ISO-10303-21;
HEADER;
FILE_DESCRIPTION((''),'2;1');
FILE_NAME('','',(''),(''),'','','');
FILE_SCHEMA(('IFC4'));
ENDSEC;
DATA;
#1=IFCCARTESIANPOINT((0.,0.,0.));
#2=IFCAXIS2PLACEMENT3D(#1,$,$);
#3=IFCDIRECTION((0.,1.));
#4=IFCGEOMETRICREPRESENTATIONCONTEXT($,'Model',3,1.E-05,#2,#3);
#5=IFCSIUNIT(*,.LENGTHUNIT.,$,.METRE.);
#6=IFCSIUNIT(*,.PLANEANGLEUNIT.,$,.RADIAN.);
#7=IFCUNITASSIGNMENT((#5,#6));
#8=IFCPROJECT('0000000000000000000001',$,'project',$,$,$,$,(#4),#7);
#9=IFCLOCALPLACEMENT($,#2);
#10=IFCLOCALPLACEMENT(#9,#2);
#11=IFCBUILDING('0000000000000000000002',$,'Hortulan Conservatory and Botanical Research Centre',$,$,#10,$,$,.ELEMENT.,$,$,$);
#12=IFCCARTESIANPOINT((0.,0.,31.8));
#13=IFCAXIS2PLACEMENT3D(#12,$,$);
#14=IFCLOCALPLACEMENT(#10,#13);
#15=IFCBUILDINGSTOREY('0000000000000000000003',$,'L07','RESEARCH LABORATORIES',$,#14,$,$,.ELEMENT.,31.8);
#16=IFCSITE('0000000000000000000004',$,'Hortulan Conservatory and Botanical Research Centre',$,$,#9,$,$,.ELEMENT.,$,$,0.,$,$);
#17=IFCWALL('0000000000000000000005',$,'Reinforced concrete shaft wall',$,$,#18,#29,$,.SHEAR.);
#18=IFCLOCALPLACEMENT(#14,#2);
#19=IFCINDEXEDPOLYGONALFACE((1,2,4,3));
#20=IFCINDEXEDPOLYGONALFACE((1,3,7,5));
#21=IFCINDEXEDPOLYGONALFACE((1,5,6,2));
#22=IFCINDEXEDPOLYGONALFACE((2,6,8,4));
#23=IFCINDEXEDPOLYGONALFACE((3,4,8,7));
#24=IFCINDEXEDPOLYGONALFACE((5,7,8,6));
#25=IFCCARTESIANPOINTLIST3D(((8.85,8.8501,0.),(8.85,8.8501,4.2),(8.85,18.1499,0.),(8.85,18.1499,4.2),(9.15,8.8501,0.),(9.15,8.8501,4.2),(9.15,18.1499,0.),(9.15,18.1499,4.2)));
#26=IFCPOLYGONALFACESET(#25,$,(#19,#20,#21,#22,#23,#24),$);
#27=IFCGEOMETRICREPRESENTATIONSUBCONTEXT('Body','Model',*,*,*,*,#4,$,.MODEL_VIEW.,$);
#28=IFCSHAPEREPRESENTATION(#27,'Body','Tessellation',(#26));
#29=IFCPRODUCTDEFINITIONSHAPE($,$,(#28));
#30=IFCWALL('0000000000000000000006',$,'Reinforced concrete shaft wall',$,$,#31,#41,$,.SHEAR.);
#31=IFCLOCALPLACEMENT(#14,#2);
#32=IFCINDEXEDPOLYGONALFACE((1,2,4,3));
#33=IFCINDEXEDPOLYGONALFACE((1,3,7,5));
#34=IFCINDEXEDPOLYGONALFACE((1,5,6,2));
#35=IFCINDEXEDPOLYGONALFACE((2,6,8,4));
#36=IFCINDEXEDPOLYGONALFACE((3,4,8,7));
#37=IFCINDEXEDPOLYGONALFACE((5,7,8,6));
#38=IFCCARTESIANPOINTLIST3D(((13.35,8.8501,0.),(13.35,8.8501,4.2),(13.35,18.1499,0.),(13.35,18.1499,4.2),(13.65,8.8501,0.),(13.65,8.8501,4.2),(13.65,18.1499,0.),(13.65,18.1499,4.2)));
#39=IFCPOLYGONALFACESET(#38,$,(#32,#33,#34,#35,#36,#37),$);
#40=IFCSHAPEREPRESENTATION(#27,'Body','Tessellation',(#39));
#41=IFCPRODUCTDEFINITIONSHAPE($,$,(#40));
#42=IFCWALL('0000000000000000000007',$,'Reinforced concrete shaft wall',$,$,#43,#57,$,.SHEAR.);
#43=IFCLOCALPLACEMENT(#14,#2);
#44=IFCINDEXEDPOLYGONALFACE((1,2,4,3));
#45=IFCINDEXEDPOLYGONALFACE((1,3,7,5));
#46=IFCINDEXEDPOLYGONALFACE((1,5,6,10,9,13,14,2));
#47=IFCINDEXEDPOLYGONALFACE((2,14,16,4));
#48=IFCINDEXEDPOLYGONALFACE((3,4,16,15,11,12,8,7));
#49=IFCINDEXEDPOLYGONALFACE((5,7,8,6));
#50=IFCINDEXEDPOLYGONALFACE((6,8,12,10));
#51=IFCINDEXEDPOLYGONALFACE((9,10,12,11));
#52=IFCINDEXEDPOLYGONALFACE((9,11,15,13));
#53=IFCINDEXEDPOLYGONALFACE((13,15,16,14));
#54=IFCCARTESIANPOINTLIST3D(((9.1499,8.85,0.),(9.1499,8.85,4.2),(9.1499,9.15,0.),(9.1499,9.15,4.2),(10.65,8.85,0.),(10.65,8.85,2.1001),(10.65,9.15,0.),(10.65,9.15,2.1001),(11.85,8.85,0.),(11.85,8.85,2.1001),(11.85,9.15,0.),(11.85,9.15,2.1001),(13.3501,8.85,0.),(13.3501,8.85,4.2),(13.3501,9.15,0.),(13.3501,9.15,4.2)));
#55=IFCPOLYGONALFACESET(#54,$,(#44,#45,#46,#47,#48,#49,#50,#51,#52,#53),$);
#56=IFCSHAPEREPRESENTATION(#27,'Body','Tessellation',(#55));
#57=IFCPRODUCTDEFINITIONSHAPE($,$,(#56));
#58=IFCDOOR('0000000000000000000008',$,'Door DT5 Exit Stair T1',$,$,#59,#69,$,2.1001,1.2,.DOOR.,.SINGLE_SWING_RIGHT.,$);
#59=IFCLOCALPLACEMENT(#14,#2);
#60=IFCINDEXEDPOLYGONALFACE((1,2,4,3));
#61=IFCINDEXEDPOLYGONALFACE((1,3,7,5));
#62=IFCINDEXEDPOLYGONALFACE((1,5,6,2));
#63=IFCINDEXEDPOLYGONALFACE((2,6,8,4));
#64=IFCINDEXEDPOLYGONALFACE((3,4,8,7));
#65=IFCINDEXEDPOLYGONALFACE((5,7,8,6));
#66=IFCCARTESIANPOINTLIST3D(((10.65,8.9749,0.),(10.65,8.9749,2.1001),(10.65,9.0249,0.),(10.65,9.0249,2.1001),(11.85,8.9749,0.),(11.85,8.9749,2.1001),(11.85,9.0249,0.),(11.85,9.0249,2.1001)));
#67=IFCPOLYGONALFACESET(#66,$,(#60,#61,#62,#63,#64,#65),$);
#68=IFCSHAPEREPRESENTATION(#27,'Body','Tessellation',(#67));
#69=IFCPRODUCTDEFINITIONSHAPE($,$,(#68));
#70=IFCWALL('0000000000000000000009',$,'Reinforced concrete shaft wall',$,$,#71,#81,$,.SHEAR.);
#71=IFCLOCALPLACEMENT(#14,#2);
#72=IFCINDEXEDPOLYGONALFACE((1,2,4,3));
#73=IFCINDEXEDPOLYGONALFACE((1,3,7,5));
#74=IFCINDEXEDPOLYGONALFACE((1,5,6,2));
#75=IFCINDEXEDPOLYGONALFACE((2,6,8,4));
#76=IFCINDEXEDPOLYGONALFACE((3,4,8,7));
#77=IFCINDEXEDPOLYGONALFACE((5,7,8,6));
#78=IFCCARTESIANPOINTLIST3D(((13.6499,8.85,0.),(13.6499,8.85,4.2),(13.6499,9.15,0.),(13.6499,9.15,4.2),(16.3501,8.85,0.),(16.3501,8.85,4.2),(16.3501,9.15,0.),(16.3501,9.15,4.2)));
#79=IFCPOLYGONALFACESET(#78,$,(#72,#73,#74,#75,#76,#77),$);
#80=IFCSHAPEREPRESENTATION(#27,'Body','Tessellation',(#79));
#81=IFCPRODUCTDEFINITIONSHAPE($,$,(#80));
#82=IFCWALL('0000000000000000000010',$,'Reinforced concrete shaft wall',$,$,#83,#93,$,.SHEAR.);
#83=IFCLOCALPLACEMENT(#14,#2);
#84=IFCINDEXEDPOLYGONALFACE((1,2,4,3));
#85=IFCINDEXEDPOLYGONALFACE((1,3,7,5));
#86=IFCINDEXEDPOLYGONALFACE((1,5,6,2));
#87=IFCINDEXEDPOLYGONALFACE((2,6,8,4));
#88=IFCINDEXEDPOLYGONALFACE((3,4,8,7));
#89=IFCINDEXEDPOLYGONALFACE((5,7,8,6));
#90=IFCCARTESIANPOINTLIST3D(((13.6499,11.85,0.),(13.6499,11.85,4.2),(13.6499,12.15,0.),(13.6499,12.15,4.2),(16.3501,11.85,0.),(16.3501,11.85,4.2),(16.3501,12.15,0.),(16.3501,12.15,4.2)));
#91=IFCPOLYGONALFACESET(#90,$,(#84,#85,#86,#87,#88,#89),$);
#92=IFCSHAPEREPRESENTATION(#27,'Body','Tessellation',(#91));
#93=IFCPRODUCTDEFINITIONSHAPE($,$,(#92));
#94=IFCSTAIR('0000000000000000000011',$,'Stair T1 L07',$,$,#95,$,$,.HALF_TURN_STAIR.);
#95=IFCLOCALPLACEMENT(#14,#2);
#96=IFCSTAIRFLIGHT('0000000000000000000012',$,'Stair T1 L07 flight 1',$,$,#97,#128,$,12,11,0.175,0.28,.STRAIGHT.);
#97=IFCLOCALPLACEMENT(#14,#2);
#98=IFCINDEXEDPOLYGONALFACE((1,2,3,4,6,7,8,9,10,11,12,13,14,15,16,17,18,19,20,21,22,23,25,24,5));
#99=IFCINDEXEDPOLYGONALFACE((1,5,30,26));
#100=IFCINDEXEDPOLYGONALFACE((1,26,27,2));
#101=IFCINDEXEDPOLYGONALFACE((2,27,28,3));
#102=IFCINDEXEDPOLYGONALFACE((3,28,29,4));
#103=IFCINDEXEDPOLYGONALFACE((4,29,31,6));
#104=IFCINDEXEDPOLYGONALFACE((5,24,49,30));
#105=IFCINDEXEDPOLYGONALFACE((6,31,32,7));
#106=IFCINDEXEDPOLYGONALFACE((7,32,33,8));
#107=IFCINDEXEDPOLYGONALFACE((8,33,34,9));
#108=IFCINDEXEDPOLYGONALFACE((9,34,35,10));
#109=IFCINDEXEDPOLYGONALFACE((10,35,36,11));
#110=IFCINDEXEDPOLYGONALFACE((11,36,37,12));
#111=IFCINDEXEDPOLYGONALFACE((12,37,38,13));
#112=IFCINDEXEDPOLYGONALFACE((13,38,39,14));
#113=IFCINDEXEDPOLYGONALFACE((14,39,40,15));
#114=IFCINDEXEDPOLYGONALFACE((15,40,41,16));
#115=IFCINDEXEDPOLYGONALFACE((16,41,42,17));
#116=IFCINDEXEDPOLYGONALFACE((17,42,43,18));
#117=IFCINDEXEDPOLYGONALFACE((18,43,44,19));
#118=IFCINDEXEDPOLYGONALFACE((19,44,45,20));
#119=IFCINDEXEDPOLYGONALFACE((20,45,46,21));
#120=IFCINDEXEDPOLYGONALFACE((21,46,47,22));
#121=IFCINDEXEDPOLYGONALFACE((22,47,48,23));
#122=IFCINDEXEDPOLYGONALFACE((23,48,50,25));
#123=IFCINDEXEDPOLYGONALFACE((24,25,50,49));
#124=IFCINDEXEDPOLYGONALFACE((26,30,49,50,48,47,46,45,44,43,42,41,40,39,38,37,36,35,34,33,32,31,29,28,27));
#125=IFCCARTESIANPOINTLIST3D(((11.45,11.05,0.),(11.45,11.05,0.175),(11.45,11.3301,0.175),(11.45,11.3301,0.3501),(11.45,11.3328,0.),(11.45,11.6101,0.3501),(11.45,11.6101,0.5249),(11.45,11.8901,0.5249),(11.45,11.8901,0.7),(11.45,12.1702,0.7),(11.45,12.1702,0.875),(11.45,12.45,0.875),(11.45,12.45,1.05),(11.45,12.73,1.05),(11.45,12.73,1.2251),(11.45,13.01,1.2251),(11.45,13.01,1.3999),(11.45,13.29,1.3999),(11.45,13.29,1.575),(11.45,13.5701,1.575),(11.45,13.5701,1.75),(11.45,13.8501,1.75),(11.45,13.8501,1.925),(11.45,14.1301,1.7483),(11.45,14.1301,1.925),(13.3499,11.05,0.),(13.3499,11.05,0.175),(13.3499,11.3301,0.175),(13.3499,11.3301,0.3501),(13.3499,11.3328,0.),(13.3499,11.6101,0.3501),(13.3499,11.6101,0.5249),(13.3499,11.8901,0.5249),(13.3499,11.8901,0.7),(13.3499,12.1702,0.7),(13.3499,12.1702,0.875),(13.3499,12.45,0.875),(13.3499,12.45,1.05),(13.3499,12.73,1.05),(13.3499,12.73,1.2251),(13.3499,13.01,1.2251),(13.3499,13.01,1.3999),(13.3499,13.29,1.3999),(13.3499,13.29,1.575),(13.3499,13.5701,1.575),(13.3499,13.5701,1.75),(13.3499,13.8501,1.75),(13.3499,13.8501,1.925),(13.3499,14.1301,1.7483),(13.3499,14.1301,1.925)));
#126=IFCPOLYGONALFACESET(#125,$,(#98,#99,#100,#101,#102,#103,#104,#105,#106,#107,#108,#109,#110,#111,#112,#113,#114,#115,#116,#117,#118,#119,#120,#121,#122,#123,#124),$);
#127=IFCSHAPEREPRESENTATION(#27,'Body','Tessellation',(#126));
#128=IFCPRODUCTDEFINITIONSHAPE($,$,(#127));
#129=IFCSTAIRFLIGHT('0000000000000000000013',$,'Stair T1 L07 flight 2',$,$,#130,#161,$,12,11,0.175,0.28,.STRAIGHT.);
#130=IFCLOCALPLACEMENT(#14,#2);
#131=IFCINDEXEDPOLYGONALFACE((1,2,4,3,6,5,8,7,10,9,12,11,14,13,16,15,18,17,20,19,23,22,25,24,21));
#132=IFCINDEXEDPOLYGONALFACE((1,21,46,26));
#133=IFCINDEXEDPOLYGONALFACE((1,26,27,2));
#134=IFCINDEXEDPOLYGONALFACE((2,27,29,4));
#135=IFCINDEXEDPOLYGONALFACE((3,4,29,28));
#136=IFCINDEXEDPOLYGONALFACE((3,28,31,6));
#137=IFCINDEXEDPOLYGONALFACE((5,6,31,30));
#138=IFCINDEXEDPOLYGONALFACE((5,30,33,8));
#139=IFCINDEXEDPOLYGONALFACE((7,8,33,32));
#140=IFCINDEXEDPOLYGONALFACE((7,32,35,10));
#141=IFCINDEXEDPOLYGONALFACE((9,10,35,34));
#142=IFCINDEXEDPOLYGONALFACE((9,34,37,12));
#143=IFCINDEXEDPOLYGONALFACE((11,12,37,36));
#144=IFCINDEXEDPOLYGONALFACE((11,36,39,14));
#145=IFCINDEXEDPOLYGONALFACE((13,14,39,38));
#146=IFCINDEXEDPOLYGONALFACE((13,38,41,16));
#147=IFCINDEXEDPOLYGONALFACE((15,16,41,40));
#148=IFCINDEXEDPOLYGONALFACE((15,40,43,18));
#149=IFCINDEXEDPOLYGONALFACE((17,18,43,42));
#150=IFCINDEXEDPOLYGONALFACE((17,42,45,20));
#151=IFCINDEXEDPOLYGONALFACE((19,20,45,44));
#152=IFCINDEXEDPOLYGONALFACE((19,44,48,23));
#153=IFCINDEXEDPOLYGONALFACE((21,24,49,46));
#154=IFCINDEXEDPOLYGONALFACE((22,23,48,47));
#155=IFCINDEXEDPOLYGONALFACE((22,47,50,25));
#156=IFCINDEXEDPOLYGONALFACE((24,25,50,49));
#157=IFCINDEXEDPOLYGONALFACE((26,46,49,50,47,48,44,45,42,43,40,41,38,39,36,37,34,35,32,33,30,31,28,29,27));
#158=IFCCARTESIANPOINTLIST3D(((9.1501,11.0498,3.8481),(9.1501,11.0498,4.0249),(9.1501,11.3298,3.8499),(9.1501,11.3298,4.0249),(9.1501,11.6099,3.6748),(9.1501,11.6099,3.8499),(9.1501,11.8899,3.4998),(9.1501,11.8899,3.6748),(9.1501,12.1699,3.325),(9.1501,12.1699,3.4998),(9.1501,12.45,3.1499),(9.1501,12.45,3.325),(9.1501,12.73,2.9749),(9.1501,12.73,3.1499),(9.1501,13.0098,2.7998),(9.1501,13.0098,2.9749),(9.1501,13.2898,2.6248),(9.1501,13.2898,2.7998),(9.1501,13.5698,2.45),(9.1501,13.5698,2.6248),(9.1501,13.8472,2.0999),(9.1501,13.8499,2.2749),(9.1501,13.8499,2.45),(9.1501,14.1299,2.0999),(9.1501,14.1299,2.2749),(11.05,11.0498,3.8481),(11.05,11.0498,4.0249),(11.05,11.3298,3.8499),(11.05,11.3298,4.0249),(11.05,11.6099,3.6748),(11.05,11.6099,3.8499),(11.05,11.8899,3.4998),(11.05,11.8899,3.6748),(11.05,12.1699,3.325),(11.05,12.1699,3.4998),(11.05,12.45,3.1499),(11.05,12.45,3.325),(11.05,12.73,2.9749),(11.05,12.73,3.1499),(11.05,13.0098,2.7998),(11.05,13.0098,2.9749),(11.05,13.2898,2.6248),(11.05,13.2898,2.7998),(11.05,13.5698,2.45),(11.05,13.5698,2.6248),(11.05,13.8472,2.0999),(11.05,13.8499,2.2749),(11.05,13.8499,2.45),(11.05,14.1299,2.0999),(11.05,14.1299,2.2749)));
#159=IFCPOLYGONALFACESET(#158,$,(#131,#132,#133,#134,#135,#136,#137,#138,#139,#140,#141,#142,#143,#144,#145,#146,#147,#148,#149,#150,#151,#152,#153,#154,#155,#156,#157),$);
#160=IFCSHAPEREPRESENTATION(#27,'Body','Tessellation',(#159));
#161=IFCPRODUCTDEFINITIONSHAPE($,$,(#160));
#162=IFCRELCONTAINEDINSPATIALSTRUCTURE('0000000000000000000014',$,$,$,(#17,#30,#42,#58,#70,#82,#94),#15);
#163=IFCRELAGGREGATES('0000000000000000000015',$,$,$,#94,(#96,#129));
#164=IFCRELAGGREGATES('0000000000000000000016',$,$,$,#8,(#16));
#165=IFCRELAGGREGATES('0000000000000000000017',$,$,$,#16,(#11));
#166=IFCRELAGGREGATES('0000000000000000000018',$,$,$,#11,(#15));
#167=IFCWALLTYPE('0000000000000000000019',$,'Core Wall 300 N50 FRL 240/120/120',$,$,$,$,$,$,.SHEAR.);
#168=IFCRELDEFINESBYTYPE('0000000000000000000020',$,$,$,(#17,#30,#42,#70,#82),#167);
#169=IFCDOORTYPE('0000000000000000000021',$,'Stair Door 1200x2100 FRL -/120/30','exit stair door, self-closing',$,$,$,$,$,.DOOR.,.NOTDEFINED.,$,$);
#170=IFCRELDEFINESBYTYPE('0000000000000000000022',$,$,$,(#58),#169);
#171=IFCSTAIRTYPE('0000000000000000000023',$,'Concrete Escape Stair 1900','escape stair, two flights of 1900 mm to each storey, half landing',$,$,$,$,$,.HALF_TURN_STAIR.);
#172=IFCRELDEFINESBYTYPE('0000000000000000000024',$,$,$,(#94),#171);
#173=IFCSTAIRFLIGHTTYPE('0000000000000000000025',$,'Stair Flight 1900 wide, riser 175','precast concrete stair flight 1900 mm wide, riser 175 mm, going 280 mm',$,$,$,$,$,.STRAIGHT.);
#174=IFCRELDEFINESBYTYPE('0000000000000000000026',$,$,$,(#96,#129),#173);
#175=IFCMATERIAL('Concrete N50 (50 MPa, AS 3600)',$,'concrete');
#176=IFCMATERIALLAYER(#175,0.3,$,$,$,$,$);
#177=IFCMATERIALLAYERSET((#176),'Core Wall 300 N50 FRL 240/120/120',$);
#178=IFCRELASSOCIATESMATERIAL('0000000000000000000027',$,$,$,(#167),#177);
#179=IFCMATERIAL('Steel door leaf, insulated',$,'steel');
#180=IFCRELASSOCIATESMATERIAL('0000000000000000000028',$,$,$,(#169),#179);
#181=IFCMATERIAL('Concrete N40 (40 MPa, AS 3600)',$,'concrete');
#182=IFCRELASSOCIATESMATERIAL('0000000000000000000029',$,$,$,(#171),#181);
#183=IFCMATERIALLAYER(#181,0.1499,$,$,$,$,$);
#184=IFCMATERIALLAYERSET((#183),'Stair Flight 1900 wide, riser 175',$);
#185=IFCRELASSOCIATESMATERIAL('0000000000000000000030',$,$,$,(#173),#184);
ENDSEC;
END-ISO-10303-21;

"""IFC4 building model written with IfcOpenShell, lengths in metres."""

from ifc_helpers import new_model, si_unit, direction, frame, frame_2d, origin, place, context, subcontext, project, spatial, polyline, rectangle, outline, extrude, material, layer, layer_set, type_object, element, fill, aggregate, save


model = new_model("IFC4")

# Units and contexts
model_context = context("Model", 3, precision=1e-05, world=origin(), true_north=direction((0.0, 1.0)))
body_context = subcontext(model_context, "Body", "Model", "MODEL_VIEW")
ifc_project = project(units=[si_unit("LENGTHUNIT", "METRE"), si_unit("PLANEANGLEUNIT", "RADIAN")], contexts=[model_context])

# Site, building, storey
site_placement = place(None, origin())
site = spatial("IfcSite", under=ifc_project, at=site_placement, Name="Hortulan Conservatory and Botanical Research Centre", CompositionType="ELEMENT", RefElevation=0.0)
building_placement = place(site_placement, origin())
building = spatial("IfcBuilding", under=site, at=building_placement, Name="Hortulan Conservatory and Botanical Research Centre", CompositionType="ELEMENT")
storey_placement = place(building_placement, frame((0.0, 0.0, 31.8)))
storey = spatial("IfcBuildingStorey", under=building, at=storey_placement, Name="L07", Description="RESEARCH LABORATORIES", CompositionType="ELEMENT", Elevation=31.8)

# Walls
ifc_material_1 = material(Name="Concrete N50 (50 MPa, AS 3600)", Category="concrete")
ifc_layer_1 = layer(ifc_material_1, 0.3)
ifc_layer_set_1 = layer_set([ifc_layer_1], Name="Core Wall 300 N50 FRL 240/120/120")
wall_type = type_object("IfcWallType", Name="Core Wall 300 N50 FRL 240/120/120", PredefinedType="SHEAR", material=ifc_layer_set_1)
for number, where, z_axis, x_axis, name in (
    (1, (9.0, 8.8501, 0.0), (0.0, 0.0, 1.0), (0.0, 1.0, 0.0), "Reinforced concrete shaft wall"),
    (2, (13.5, 8.8501, 0.0), (0.0, 0.0, 1.0), (0.0, 1.0, 0.0), "Reinforced concrete shaft wall"),
):
    element("IfcWall", number, at=place(storey_placement, frame(where, z_axis=z_axis, x_axis=x_axis)), inside=storey, type_object=wall_type, Name=name, PredefinedType="SHEAR", context=body_context, shape_type="SweptSolid", body=[
        extrude(rectangle(XDim=9.2998, YDim=0.3, at=frame_2d((4.6499, 0.0))), origin(), (0.0, 0.0, 1.0), 4.2),
    ])

# Wall, opening, door
wall_placement = place(storey_placement, frame((9.1499, 9.0, 0.0), z_axis=(0.0, 0.0, 1.0), x_axis=(1.0, 0.0, 0.0)))
wall = element("IfcWall", 3, at=wall_placement, inside=storey, type_object=wall_type, Name="Reinforced concrete shaft wall", PredefinedType="SHEAR", context=body_context, shape_type="SweptSolid", body=[
    extrude(rectangle(XDim=4.2002, YDim=0.3, at=frame_2d((2.1001, 0.0))), origin(), (0.0, 0.0, 1.0), 4.2),
])
opening_placement = place(wall_placement, frame((1.5, 0.0, 0.0)))
opening = element("IfcOpeningElement", 4, at=opening_placement, cuts=wall, PredefinedType="OPENING", context=body_context, shape_type="SweptSolid", body=[
    extrude(rectangle(XDim=1.2, YDim=2.1001, at=frame_2d((0.6001, 1.05))), frame((0.0, 0.1599, 0.0), z_axis=(0.0, -1.0, 0.0), x_axis=(1.0, 0.0, 0.0)), (0.0, 0.0, 1.0), 0.3201),
])
ifc_material_2 = material(Name="Steel door leaf, insulated", Category="steel")
door_type = type_object("IfcDoorType", Name="Stair Door 1200x2100 FRL -/120/30", Description="exit stair door, self-closing", OperationType="NOTDEFINED", PredefinedType="DOOR", material=ifc_material_2)
door_placement = place(opening_placement, origin())
door = element("IfcDoor", 5, at=door_placement, inside=storey, type_object=door_type, Name="Door DT5 Exit Stair T1", OperationType="SINGLE_SWING_RIGHT", OverallHeight=2.1001, OverallWidth=1.2, PredefinedType="DOOR", context=body_context, shape_type="SweptSolid", body=[
    extrude(rectangle(XDim=1.2, YDim=2.1001, at=frame_2d((0.6001, 1.05))), frame((0.0, 0.0249, 0.0), z_axis=(0.0, -1.0, 0.0), x_axis=(1.0, 0.0, 0.0)), (0.0, 0.0, 1.0), 0.05),
])
fill(opening, door)

# Walls
for number, where, z_axis, x_axis, name in (
    (6, (13.6499, 9.0, 0.0), (0.0, 0.0, 1.0), (1.0, 0.0, 0.0), "Reinforced concrete shaft wall"),
    (7, (13.6499, 12.0, 0.0), (0.0, 0.0, 1.0), (1.0, 0.0, 0.0), "Reinforced concrete shaft wall"),
):
    element("IfcWall", number, at=place(storey_placement, frame(where, z_axis=z_axis, x_axis=x_axis)), inside=storey, type_object=wall_type, Name=name, PredefinedType="SHEAR", context=body_context, shape_type="SweptSolid", body=[
        extrude(rectangle(XDim=2.7002, YDim=0.3, at=frame_2d((1.3501, 0.0))), origin(), (0.0, 0.0, 1.0), 4.2),
    ])

# Stair, stair flights
ifc_material_3 = material(Name="Concrete N40 (40 MPa, AS 3600)", Category="concrete")
stair_type = type_object("IfcStairType", Name="Concrete Escape Stair 1900", Description="escape stair, two flights of 1900 mm to each storey, half landing", PredefinedType="HALF_TURN_STAIR", material=ifc_material_3)
stair_placement = place(storey_placement, origin())
stair = element("IfcStair", 8, at=stair_placement, inside=storey, type_object=stair_type, Name="Stair T1 L07", PredefinedType="HALF_TURN_STAIR")
ifc_layer_2 = layer(ifc_material_3, 0.1499)
ifc_layer_set_2 = layer_set([ifc_layer_2], Name="Stair Flight 1900 wide, riser 175")
stair_flight_type = type_object("IfcStairFlightType", Name="Stair Flight 1900 wide, riser 175", Description="precast concrete stair flight 1900 mm wide, riser 175 mm, going 280 mm", PredefinedType="STRAIGHT", material=ifc_layer_set_2)
stair_flight_1_placement = place(storey_placement, frame((12.3999, 11.05, 0.0), z_axis=(0.0, 0.0, 1.0), x_axis=(0.0, 1.0, 0.0)))
stair_flight_1 = element("IfcStairFlight", 9, at=stair_flight_1_placement, type_object=stair_flight_type, Name="Stair T1 L07 flight 1", NumberOfRisers=12, NumberOfTreads=11, PredefinedType="STRAIGHT", RiserHeight=0.175, TreadLength=0.28, context=body_context, shape_type="SweptSolid", body=[
    extrude(outline(polyline([(0.0, 0.0), (0.0, 0.175), (0.28, 0.175), (0.28, 0.3501), (0.5601, 0.3501), (0.5601, 0.5249), (0.8401, 0.5249), (0.8401, 0.7), (1.1201, 0.7), (1.1201, 0.875), (1.3999, 0.875), (1.3999, 1.05), (1.6799, 1.05), (1.6799, 1.2251), (1.96, 1.2251), (1.96, 1.3999), (2.24, 1.3999), (2.24, 1.575), (2.52, 1.575), (2.52, 1.75), (2.8, 1.75), (2.8, 1.925), (3.0801, 1.925), (3.0801, 2.1001), (3.0801, 1.7483), (0.2827, 0.0), (0.0, 0.0)])), frame((0.0, 0.95, 0.0), z_axis=(0.0, -1.0, 0.0), x_axis=(1.0, 0.0, 0.0)), (0.0, 0.0, 1.0), 1.8999),
])
stair_flight_2_placement = place(storey_placement, frame((10.1001, 14.1299, 2.0999), z_axis=(0.0, 0.0, 1.0), x_axis=(0.0, -1.0, 0.0)))
stair_flight_2 = element("IfcStairFlight", 10, at=stair_flight_2_placement, type_object=stair_flight_type, Name="Stair T1 L07 flight 2", NumberOfRisers=12, NumberOfTreads=11, PredefinedType="STRAIGHT", RiserHeight=0.175, TreadLength=0.28, context=body_context, shape_type="SweptSolid", body=[
    extrude(outline(polyline([(0.0, 0.0), (0.0, 0.175), (0.28, 0.175), (0.28, 0.3501), (0.5601, 0.3501), (0.5601, 0.5249), (0.8401, 0.5249), (0.8401, 0.7), (1.1201, 0.7), (1.1201, 0.875), (1.3999, 0.875), (1.3999, 1.05), (1.6799, 1.05), (1.6799, 1.2251), (1.96, 1.2251), (1.96, 1.3999), (2.24, 1.3999), (2.24, 1.575), (2.52, 1.575), (2.52, 1.75), (2.8, 1.75), (2.8, 1.925), (3.0801, 1.925), (3.0801, 2.1001), (3.0801, 1.7483), (0.2827, 0.0), (0.0, 0.0)])), frame((0.0, 0.95, 0.0), z_axis=(0.0, -1.0, 0.0), x_axis=(1.0, 0.0, 0.0)), (0.0, 0.0, 1.0), 1.8999),
])
aggregate(stair, [stair_flight_1, stair_flight_2])

save(model, "model.ifc")
